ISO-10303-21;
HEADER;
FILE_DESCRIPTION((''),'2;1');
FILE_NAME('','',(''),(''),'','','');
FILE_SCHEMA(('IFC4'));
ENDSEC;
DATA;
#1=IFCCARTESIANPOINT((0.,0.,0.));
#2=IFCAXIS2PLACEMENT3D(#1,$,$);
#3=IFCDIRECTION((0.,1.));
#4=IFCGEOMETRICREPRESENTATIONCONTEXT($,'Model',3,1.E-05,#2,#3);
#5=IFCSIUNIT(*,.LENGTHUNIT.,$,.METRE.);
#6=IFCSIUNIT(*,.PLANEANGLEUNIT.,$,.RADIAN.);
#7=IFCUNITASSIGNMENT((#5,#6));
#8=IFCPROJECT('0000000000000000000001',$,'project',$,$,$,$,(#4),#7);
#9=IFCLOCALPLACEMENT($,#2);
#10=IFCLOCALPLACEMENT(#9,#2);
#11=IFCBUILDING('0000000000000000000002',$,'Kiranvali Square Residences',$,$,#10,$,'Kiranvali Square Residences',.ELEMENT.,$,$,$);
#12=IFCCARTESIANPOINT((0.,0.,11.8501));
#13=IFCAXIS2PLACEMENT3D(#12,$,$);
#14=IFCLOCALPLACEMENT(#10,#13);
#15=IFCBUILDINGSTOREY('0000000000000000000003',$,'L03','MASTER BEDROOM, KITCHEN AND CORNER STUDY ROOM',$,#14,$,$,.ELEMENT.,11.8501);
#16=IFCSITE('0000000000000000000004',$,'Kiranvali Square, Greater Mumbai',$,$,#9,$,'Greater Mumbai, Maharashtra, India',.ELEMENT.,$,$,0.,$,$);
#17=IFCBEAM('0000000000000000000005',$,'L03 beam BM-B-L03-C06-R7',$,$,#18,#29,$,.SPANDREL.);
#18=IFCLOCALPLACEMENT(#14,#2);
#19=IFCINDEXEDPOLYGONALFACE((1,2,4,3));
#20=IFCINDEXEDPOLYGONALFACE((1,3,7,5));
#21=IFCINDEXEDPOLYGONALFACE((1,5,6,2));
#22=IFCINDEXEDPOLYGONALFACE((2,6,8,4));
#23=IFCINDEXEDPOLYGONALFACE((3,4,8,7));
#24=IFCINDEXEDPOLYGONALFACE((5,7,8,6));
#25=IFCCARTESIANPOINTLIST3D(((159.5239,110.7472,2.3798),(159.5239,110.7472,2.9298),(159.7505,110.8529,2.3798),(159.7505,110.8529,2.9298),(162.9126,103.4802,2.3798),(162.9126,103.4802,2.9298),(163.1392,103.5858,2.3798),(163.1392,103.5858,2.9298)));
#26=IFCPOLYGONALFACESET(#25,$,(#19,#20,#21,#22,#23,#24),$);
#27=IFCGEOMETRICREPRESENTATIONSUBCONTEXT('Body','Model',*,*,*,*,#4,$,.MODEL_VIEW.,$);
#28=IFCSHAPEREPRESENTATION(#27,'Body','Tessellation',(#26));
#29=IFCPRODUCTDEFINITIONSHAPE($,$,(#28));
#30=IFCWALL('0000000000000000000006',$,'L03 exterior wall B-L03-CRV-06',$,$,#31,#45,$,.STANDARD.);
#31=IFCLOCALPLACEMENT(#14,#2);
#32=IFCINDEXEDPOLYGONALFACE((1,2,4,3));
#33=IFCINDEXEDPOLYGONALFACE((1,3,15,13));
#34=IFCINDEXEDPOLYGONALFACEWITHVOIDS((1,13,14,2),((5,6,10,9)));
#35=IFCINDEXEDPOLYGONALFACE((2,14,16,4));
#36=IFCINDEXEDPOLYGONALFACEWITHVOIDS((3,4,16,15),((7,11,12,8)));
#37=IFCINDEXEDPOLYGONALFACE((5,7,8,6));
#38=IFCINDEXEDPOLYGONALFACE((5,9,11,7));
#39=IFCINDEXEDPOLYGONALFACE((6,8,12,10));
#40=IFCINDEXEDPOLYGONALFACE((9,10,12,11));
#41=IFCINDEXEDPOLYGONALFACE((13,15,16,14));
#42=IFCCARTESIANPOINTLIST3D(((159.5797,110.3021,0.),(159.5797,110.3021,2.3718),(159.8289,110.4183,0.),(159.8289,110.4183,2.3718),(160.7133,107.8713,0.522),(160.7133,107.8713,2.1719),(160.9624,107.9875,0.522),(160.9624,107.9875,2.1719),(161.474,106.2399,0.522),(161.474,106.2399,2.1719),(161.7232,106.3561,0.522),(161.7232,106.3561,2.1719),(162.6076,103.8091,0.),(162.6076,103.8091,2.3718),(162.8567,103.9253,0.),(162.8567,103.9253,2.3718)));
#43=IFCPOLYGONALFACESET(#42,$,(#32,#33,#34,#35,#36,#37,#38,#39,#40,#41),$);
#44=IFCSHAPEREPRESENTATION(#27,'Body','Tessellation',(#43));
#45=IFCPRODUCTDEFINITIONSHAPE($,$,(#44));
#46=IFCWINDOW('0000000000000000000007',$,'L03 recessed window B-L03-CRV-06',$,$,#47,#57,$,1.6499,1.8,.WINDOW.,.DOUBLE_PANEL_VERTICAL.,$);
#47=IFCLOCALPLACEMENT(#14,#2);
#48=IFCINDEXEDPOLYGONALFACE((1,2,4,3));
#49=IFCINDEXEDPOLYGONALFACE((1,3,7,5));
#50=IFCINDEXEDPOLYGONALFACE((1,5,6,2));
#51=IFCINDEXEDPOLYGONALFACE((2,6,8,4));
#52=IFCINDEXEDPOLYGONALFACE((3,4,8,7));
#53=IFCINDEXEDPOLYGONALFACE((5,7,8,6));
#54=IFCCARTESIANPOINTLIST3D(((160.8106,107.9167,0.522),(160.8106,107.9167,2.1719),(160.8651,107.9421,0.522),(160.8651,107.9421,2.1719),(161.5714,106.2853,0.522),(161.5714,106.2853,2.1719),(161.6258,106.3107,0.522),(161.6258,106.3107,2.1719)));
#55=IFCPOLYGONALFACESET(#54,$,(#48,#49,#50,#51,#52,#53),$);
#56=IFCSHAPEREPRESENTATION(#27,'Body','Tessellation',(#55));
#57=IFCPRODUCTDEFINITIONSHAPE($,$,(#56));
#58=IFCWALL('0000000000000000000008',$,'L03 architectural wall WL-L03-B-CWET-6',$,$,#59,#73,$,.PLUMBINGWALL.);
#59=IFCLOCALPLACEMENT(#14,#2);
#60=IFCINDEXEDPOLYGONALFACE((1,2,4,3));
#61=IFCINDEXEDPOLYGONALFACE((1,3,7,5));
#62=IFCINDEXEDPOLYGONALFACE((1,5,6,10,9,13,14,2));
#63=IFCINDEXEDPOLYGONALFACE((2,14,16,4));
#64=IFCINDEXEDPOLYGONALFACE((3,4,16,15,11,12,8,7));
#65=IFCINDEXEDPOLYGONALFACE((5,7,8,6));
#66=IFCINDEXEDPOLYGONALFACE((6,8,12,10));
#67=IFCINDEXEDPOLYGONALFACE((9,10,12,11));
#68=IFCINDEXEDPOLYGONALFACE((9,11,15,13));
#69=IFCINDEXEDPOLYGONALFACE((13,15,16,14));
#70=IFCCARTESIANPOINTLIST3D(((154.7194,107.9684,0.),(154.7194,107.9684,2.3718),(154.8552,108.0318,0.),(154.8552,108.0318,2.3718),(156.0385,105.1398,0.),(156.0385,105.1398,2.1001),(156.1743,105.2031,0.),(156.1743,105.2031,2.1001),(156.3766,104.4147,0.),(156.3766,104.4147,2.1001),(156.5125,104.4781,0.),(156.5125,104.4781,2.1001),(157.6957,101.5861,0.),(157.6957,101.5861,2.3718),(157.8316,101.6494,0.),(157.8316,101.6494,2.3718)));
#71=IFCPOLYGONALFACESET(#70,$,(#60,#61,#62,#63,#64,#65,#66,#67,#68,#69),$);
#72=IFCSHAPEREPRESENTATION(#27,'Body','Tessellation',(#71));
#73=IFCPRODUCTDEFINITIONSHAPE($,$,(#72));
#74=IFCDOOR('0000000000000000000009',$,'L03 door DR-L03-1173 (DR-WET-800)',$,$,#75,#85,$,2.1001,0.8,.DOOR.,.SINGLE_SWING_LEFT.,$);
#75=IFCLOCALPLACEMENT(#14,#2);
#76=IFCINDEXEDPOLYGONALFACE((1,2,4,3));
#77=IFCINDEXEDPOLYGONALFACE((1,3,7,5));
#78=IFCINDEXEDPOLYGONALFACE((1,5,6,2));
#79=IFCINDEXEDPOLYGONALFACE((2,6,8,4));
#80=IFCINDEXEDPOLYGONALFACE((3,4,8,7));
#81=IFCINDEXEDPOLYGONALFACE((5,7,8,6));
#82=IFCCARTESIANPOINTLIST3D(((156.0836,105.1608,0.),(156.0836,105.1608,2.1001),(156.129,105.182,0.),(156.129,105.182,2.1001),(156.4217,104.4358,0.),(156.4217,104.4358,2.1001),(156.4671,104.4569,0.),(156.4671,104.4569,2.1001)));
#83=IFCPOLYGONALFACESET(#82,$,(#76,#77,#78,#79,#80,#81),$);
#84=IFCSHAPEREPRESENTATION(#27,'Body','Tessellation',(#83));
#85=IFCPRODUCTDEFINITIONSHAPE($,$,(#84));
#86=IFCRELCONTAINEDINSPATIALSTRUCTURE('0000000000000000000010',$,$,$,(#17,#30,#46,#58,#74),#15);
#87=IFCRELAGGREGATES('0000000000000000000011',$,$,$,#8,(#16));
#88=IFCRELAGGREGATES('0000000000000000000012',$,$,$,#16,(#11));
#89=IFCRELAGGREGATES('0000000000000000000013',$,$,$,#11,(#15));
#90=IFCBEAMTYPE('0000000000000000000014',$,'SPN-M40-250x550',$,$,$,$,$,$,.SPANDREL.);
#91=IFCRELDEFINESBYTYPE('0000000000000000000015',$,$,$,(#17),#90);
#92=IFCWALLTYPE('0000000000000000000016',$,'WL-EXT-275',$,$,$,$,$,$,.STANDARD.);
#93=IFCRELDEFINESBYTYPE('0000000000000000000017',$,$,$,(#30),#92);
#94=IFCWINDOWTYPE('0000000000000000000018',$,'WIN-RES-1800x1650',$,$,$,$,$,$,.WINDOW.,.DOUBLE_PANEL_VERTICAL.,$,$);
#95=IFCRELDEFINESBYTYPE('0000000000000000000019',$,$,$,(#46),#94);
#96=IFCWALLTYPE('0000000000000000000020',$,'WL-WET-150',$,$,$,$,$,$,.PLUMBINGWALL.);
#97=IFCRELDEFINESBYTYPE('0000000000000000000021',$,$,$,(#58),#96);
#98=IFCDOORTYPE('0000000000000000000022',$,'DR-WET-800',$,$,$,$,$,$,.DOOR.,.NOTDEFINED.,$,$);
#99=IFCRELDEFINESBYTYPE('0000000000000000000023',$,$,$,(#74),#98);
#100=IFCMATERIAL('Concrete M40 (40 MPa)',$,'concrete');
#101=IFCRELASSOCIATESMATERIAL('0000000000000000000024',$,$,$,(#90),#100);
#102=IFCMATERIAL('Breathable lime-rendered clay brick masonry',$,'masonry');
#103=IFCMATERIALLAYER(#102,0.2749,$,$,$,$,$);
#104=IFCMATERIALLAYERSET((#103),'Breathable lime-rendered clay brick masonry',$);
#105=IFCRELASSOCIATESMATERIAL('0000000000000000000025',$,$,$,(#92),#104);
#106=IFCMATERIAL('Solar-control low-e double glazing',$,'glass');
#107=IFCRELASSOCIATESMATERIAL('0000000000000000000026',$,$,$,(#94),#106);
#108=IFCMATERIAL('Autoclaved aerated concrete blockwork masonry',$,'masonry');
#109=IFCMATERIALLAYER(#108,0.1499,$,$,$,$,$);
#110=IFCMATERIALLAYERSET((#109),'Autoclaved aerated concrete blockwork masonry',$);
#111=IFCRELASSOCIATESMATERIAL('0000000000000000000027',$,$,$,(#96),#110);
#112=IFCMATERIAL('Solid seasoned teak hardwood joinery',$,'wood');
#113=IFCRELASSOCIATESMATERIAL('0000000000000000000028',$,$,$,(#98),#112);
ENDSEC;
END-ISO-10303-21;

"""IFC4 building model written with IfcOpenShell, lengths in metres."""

from ifc_helpers import new_model, si_unit, direction, frame, frame_2d, origin, origin_2d, place, context, subcontext, project, spatial, rectangle, extrude, material, layer, layer_set, material_profile, profile_set, type_object, element, fill, save


model = new_model("IFC4")

# Units and contexts
model_context = context("Model", 3, precision=1e-05, world=origin(), true_north=direction((0.0, 1.0)))
body_context = subcontext(model_context, "Body", "Model", "MODEL_VIEW")
ifc_project = project(units=[si_unit("LENGTHUNIT", "METRE"), si_unit("PLANEANGLEUNIT", "RADIAN")], contexts=[model_context])

# Site, building, storey
site_placement = place(None, origin())
site = spatial("IfcSite", under=ifc_project, at=site_placement, Name="Kiranvali Square, Greater Mumbai", LongName="Greater Mumbai, Maharashtra, India", CompositionType="ELEMENT", RefElevation=0.0)
building_placement = place(site_placement, origin())
building = spatial("IfcBuilding", under=site, at=building_placement, Name="Kiranvali Square Residences", LongName="Kiranvali Square Residences", CompositionType="ELEMENT")
storey_placement = place(building_placement, frame((0.0, 0.0, 11.8501)))
storey = spatial("IfcBuildingStorey", under=building, at=storey_placement, Name="L03", Description="MASTER BEDROOM, KITCHEN AND CORNER STUDY ROOM", CompositionType="ELEMENT", Elevation=11.8501)

# Beam
ifc_material_1 = material(Name="Concrete M40 (40 MPa)", Category="concrete")
ifc_material_profile_1 = material_profile(ifc_material_1, rectangle(XDim=0.25, YDim=0.55, at=origin_2d()), Name="RC 250x550")
ifc_profile_set_1 = profile_set([ifc_material_profile_1], Name="Concrete M40 (40 MPa)")
beam_type_1 = type_object("IfcBeamType", Name="SPN-M40-250x550", PredefinedType="SPANDREL", material=ifc_profile_set_1)
beam_1_placement = place(storey_placement, frame((159.6372, 110.8, 2.6548), z_axis=(0.422615, -0.906309, 0.0), x_axis=(0.906309, 0.422615, 0.0)))
element("IfcBeam", 1, at=beam_1_placement, inside=storey, type_object=beam_type_1, Name="L03 beam BM-B-L03-C06-R7", PredefinedType="SPANDREL", context=body_context, shape_type="SweptSolid", body=[
    extrude(rectangle(XDim=0.25, YDim=0.55, at=origin_2d()), origin(), (0.0, 0.0, 1.0), 8.0183),
])

# Wall, opening, window
ifc_material_2 = material(Name="Breathable lime-rendered clay brick masonry", Category="masonry")
ifc_layer_1 = layer(ifc_material_2, 0.2749)
ifc_layer_set_1 = layer_set([ifc_layer_1], Name="Breathable lime-rendered clay brick masonry")
wall_type_1 = type_object("IfcWallType", Name="WL-EXT-275", PredefinedType="STANDARD", material=ifc_layer_set_1)
wall_1_placement = place(storey_placement, frame((159.7043, 110.3601, 0.0), z_axis=(0.0, 0.0, 1.0), x_axis=(0.422634, -0.906301, 0.0)))
wall_1 = element("IfcWall", 2, at=wall_1_placement, inside=storey, type_object=wall_type_1, Name="L03 exterior wall B-L03-CRV-06", PredefinedType="STANDARD", context=body_context, shape_type="SweptSolid", body=[
    extrude(rectangle(XDim=7.1643, YDim=0.2749, at=frame_2d((3.582, 0.0))), origin(), (0.0, 0.0, 1.0), 2.3718),
])
opening_1_placement = place(wall_1_placement, frame((2.6821, 0.0, 0.522)))
opening_1 = element("IfcOpeningElement", 3, at=opening_1_placement, cuts=wall_1, PredefinedType="OPENING", context=body_context, shape_type="SweptSolid", body=[
    extrude(rectangle(XDim=1.8, YDim=1.6499, at=frame_2d((0.8999, 0.825))), frame((0.0, 0.1475, 0.0), z_axis=(0.0, -1.0, 0.0), x_axis=(1.0, 0.0, 0.0)), (0.0, 0.0, 1.0), 0.2949),
])
ifc_material_3 = material(Name="Solar-control low-e double glazing", Category="glass")
window_type = type_object("IfcWindowType", Name="WIN-RES-1800x1650", PartitioningType="DOUBLE_PANEL_VERTICAL", PredefinedType="WINDOW", material=ifc_material_3)
window_placement = place(opening_1_placement, origin())
window = element("IfcWindow", 4, at=window_placement, inside=storey, type_object=window_type, Name="L03 recessed window B-L03-CRV-06", OverallHeight=1.6499, OverallWidth=1.8, PartitioningType="DOUBLE_PANEL_VERTICAL", PredefinedType="WINDOW", context=body_context, shape_type="SweptSolid", body=[
    extrude(rectangle(XDim=1.8, YDim=1.6499, at=frame_2d((0.8999, 0.825))), frame((0.0, 0.03, 0.0), z_axis=(0.0, -1.0, 0.0), x_axis=(1.0, 0.0, 0.0)), (0.0, 0.0, 1.0), 0.0601),
])
fill(opening_1, window)

# Wall, opening, door
ifc_material_4 = material(Name="Autoclaved aerated concrete blockwork masonry", Category="masonry")
ifc_layer_2 = layer(ifc_material_4, 0.1499)
ifc_layer_set_2 = layer_set([ifc_layer_2], Name="Autoclaved aerated concrete blockwork masonry")
wall_type_2 = type_object("IfcWallType", Name="WL-WET-150", PredefinedType="PLUMBINGWALL", material=ifc_layer_set_2)
wall_2_placement = place(storey_placement, frame((154.7874, 108.0, 0.0), z_axis=(0.0, 0.0, 1.0), x_axis=(0.422641, -0.906297, 0.0)))
wall_2 = element("IfcWall", 5, at=wall_2_placement, inside=storey, type_object=wall_type_2, Name="L03 architectural wall WL-L03-B-CWET-6", PredefinedType="PLUMBINGWALL", context=body_context, shape_type="SweptSolid", body=[
    extrude(rectangle(XDim=7.0422, YDim=0.1499, at=frame_2d((3.521, 0.0))), origin(), (0.0, 0.0, 1.0), 2.3718),
])
opening_2_placement = place(wall_2_placement, frame((3.1211, 0.0, 0.0)))
opening_2 = element("IfcOpeningElement", 6, at=opening_2_placement, cuts=wall_2, PredefinedType="OPENING", context=body_context, shape_type="SweptSolid", body=[
    extrude(rectangle(XDim=0.8, YDim=2.1001, at=frame_2d((0.3999, 1.05))), frame((0.0, 0.085, 0.0), z_axis=(0.0, -1.0, 0.0), x_axis=(1.0, 0.0, 0.0)), (0.0, 0.0, 1.0), 0.1699),
])
ifc_material_5 = material(Name="Solid seasoned teak hardwood joinery", Category="wood")
door_type = type_object("IfcDoorType", Name="DR-WET-800", OperationType="NOTDEFINED", PredefinedType="DOOR", material=ifc_material_5)
door_placement = place(opening_2_placement, origin())
door = element("IfcDoor", 7, at=door_placement, inside=storey, type_object=door_type, Name="L03 door DR-L03-1173 (DR-WET-800)", OperationType="SINGLE_SWING_LEFT", OverallHeight=2.1001, OverallWidth=0.8, PredefinedType="DOOR", context=body_context, shape_type="SweptSolid", body=[
    extrude(rectangle(XDim=0.8, YDim=2.1001, at=frame_2d((0.3999, 1.05))), frame((0.0, 0.0249, 0.0), z_axis=(0.0, -1.0, 0.0), x_axis=(1.0, 0.0, 0.0)), (0.0, 0.0, 1.0), 0.05),
])
fill(opening_2, door)

save(model, "model.ifc")
